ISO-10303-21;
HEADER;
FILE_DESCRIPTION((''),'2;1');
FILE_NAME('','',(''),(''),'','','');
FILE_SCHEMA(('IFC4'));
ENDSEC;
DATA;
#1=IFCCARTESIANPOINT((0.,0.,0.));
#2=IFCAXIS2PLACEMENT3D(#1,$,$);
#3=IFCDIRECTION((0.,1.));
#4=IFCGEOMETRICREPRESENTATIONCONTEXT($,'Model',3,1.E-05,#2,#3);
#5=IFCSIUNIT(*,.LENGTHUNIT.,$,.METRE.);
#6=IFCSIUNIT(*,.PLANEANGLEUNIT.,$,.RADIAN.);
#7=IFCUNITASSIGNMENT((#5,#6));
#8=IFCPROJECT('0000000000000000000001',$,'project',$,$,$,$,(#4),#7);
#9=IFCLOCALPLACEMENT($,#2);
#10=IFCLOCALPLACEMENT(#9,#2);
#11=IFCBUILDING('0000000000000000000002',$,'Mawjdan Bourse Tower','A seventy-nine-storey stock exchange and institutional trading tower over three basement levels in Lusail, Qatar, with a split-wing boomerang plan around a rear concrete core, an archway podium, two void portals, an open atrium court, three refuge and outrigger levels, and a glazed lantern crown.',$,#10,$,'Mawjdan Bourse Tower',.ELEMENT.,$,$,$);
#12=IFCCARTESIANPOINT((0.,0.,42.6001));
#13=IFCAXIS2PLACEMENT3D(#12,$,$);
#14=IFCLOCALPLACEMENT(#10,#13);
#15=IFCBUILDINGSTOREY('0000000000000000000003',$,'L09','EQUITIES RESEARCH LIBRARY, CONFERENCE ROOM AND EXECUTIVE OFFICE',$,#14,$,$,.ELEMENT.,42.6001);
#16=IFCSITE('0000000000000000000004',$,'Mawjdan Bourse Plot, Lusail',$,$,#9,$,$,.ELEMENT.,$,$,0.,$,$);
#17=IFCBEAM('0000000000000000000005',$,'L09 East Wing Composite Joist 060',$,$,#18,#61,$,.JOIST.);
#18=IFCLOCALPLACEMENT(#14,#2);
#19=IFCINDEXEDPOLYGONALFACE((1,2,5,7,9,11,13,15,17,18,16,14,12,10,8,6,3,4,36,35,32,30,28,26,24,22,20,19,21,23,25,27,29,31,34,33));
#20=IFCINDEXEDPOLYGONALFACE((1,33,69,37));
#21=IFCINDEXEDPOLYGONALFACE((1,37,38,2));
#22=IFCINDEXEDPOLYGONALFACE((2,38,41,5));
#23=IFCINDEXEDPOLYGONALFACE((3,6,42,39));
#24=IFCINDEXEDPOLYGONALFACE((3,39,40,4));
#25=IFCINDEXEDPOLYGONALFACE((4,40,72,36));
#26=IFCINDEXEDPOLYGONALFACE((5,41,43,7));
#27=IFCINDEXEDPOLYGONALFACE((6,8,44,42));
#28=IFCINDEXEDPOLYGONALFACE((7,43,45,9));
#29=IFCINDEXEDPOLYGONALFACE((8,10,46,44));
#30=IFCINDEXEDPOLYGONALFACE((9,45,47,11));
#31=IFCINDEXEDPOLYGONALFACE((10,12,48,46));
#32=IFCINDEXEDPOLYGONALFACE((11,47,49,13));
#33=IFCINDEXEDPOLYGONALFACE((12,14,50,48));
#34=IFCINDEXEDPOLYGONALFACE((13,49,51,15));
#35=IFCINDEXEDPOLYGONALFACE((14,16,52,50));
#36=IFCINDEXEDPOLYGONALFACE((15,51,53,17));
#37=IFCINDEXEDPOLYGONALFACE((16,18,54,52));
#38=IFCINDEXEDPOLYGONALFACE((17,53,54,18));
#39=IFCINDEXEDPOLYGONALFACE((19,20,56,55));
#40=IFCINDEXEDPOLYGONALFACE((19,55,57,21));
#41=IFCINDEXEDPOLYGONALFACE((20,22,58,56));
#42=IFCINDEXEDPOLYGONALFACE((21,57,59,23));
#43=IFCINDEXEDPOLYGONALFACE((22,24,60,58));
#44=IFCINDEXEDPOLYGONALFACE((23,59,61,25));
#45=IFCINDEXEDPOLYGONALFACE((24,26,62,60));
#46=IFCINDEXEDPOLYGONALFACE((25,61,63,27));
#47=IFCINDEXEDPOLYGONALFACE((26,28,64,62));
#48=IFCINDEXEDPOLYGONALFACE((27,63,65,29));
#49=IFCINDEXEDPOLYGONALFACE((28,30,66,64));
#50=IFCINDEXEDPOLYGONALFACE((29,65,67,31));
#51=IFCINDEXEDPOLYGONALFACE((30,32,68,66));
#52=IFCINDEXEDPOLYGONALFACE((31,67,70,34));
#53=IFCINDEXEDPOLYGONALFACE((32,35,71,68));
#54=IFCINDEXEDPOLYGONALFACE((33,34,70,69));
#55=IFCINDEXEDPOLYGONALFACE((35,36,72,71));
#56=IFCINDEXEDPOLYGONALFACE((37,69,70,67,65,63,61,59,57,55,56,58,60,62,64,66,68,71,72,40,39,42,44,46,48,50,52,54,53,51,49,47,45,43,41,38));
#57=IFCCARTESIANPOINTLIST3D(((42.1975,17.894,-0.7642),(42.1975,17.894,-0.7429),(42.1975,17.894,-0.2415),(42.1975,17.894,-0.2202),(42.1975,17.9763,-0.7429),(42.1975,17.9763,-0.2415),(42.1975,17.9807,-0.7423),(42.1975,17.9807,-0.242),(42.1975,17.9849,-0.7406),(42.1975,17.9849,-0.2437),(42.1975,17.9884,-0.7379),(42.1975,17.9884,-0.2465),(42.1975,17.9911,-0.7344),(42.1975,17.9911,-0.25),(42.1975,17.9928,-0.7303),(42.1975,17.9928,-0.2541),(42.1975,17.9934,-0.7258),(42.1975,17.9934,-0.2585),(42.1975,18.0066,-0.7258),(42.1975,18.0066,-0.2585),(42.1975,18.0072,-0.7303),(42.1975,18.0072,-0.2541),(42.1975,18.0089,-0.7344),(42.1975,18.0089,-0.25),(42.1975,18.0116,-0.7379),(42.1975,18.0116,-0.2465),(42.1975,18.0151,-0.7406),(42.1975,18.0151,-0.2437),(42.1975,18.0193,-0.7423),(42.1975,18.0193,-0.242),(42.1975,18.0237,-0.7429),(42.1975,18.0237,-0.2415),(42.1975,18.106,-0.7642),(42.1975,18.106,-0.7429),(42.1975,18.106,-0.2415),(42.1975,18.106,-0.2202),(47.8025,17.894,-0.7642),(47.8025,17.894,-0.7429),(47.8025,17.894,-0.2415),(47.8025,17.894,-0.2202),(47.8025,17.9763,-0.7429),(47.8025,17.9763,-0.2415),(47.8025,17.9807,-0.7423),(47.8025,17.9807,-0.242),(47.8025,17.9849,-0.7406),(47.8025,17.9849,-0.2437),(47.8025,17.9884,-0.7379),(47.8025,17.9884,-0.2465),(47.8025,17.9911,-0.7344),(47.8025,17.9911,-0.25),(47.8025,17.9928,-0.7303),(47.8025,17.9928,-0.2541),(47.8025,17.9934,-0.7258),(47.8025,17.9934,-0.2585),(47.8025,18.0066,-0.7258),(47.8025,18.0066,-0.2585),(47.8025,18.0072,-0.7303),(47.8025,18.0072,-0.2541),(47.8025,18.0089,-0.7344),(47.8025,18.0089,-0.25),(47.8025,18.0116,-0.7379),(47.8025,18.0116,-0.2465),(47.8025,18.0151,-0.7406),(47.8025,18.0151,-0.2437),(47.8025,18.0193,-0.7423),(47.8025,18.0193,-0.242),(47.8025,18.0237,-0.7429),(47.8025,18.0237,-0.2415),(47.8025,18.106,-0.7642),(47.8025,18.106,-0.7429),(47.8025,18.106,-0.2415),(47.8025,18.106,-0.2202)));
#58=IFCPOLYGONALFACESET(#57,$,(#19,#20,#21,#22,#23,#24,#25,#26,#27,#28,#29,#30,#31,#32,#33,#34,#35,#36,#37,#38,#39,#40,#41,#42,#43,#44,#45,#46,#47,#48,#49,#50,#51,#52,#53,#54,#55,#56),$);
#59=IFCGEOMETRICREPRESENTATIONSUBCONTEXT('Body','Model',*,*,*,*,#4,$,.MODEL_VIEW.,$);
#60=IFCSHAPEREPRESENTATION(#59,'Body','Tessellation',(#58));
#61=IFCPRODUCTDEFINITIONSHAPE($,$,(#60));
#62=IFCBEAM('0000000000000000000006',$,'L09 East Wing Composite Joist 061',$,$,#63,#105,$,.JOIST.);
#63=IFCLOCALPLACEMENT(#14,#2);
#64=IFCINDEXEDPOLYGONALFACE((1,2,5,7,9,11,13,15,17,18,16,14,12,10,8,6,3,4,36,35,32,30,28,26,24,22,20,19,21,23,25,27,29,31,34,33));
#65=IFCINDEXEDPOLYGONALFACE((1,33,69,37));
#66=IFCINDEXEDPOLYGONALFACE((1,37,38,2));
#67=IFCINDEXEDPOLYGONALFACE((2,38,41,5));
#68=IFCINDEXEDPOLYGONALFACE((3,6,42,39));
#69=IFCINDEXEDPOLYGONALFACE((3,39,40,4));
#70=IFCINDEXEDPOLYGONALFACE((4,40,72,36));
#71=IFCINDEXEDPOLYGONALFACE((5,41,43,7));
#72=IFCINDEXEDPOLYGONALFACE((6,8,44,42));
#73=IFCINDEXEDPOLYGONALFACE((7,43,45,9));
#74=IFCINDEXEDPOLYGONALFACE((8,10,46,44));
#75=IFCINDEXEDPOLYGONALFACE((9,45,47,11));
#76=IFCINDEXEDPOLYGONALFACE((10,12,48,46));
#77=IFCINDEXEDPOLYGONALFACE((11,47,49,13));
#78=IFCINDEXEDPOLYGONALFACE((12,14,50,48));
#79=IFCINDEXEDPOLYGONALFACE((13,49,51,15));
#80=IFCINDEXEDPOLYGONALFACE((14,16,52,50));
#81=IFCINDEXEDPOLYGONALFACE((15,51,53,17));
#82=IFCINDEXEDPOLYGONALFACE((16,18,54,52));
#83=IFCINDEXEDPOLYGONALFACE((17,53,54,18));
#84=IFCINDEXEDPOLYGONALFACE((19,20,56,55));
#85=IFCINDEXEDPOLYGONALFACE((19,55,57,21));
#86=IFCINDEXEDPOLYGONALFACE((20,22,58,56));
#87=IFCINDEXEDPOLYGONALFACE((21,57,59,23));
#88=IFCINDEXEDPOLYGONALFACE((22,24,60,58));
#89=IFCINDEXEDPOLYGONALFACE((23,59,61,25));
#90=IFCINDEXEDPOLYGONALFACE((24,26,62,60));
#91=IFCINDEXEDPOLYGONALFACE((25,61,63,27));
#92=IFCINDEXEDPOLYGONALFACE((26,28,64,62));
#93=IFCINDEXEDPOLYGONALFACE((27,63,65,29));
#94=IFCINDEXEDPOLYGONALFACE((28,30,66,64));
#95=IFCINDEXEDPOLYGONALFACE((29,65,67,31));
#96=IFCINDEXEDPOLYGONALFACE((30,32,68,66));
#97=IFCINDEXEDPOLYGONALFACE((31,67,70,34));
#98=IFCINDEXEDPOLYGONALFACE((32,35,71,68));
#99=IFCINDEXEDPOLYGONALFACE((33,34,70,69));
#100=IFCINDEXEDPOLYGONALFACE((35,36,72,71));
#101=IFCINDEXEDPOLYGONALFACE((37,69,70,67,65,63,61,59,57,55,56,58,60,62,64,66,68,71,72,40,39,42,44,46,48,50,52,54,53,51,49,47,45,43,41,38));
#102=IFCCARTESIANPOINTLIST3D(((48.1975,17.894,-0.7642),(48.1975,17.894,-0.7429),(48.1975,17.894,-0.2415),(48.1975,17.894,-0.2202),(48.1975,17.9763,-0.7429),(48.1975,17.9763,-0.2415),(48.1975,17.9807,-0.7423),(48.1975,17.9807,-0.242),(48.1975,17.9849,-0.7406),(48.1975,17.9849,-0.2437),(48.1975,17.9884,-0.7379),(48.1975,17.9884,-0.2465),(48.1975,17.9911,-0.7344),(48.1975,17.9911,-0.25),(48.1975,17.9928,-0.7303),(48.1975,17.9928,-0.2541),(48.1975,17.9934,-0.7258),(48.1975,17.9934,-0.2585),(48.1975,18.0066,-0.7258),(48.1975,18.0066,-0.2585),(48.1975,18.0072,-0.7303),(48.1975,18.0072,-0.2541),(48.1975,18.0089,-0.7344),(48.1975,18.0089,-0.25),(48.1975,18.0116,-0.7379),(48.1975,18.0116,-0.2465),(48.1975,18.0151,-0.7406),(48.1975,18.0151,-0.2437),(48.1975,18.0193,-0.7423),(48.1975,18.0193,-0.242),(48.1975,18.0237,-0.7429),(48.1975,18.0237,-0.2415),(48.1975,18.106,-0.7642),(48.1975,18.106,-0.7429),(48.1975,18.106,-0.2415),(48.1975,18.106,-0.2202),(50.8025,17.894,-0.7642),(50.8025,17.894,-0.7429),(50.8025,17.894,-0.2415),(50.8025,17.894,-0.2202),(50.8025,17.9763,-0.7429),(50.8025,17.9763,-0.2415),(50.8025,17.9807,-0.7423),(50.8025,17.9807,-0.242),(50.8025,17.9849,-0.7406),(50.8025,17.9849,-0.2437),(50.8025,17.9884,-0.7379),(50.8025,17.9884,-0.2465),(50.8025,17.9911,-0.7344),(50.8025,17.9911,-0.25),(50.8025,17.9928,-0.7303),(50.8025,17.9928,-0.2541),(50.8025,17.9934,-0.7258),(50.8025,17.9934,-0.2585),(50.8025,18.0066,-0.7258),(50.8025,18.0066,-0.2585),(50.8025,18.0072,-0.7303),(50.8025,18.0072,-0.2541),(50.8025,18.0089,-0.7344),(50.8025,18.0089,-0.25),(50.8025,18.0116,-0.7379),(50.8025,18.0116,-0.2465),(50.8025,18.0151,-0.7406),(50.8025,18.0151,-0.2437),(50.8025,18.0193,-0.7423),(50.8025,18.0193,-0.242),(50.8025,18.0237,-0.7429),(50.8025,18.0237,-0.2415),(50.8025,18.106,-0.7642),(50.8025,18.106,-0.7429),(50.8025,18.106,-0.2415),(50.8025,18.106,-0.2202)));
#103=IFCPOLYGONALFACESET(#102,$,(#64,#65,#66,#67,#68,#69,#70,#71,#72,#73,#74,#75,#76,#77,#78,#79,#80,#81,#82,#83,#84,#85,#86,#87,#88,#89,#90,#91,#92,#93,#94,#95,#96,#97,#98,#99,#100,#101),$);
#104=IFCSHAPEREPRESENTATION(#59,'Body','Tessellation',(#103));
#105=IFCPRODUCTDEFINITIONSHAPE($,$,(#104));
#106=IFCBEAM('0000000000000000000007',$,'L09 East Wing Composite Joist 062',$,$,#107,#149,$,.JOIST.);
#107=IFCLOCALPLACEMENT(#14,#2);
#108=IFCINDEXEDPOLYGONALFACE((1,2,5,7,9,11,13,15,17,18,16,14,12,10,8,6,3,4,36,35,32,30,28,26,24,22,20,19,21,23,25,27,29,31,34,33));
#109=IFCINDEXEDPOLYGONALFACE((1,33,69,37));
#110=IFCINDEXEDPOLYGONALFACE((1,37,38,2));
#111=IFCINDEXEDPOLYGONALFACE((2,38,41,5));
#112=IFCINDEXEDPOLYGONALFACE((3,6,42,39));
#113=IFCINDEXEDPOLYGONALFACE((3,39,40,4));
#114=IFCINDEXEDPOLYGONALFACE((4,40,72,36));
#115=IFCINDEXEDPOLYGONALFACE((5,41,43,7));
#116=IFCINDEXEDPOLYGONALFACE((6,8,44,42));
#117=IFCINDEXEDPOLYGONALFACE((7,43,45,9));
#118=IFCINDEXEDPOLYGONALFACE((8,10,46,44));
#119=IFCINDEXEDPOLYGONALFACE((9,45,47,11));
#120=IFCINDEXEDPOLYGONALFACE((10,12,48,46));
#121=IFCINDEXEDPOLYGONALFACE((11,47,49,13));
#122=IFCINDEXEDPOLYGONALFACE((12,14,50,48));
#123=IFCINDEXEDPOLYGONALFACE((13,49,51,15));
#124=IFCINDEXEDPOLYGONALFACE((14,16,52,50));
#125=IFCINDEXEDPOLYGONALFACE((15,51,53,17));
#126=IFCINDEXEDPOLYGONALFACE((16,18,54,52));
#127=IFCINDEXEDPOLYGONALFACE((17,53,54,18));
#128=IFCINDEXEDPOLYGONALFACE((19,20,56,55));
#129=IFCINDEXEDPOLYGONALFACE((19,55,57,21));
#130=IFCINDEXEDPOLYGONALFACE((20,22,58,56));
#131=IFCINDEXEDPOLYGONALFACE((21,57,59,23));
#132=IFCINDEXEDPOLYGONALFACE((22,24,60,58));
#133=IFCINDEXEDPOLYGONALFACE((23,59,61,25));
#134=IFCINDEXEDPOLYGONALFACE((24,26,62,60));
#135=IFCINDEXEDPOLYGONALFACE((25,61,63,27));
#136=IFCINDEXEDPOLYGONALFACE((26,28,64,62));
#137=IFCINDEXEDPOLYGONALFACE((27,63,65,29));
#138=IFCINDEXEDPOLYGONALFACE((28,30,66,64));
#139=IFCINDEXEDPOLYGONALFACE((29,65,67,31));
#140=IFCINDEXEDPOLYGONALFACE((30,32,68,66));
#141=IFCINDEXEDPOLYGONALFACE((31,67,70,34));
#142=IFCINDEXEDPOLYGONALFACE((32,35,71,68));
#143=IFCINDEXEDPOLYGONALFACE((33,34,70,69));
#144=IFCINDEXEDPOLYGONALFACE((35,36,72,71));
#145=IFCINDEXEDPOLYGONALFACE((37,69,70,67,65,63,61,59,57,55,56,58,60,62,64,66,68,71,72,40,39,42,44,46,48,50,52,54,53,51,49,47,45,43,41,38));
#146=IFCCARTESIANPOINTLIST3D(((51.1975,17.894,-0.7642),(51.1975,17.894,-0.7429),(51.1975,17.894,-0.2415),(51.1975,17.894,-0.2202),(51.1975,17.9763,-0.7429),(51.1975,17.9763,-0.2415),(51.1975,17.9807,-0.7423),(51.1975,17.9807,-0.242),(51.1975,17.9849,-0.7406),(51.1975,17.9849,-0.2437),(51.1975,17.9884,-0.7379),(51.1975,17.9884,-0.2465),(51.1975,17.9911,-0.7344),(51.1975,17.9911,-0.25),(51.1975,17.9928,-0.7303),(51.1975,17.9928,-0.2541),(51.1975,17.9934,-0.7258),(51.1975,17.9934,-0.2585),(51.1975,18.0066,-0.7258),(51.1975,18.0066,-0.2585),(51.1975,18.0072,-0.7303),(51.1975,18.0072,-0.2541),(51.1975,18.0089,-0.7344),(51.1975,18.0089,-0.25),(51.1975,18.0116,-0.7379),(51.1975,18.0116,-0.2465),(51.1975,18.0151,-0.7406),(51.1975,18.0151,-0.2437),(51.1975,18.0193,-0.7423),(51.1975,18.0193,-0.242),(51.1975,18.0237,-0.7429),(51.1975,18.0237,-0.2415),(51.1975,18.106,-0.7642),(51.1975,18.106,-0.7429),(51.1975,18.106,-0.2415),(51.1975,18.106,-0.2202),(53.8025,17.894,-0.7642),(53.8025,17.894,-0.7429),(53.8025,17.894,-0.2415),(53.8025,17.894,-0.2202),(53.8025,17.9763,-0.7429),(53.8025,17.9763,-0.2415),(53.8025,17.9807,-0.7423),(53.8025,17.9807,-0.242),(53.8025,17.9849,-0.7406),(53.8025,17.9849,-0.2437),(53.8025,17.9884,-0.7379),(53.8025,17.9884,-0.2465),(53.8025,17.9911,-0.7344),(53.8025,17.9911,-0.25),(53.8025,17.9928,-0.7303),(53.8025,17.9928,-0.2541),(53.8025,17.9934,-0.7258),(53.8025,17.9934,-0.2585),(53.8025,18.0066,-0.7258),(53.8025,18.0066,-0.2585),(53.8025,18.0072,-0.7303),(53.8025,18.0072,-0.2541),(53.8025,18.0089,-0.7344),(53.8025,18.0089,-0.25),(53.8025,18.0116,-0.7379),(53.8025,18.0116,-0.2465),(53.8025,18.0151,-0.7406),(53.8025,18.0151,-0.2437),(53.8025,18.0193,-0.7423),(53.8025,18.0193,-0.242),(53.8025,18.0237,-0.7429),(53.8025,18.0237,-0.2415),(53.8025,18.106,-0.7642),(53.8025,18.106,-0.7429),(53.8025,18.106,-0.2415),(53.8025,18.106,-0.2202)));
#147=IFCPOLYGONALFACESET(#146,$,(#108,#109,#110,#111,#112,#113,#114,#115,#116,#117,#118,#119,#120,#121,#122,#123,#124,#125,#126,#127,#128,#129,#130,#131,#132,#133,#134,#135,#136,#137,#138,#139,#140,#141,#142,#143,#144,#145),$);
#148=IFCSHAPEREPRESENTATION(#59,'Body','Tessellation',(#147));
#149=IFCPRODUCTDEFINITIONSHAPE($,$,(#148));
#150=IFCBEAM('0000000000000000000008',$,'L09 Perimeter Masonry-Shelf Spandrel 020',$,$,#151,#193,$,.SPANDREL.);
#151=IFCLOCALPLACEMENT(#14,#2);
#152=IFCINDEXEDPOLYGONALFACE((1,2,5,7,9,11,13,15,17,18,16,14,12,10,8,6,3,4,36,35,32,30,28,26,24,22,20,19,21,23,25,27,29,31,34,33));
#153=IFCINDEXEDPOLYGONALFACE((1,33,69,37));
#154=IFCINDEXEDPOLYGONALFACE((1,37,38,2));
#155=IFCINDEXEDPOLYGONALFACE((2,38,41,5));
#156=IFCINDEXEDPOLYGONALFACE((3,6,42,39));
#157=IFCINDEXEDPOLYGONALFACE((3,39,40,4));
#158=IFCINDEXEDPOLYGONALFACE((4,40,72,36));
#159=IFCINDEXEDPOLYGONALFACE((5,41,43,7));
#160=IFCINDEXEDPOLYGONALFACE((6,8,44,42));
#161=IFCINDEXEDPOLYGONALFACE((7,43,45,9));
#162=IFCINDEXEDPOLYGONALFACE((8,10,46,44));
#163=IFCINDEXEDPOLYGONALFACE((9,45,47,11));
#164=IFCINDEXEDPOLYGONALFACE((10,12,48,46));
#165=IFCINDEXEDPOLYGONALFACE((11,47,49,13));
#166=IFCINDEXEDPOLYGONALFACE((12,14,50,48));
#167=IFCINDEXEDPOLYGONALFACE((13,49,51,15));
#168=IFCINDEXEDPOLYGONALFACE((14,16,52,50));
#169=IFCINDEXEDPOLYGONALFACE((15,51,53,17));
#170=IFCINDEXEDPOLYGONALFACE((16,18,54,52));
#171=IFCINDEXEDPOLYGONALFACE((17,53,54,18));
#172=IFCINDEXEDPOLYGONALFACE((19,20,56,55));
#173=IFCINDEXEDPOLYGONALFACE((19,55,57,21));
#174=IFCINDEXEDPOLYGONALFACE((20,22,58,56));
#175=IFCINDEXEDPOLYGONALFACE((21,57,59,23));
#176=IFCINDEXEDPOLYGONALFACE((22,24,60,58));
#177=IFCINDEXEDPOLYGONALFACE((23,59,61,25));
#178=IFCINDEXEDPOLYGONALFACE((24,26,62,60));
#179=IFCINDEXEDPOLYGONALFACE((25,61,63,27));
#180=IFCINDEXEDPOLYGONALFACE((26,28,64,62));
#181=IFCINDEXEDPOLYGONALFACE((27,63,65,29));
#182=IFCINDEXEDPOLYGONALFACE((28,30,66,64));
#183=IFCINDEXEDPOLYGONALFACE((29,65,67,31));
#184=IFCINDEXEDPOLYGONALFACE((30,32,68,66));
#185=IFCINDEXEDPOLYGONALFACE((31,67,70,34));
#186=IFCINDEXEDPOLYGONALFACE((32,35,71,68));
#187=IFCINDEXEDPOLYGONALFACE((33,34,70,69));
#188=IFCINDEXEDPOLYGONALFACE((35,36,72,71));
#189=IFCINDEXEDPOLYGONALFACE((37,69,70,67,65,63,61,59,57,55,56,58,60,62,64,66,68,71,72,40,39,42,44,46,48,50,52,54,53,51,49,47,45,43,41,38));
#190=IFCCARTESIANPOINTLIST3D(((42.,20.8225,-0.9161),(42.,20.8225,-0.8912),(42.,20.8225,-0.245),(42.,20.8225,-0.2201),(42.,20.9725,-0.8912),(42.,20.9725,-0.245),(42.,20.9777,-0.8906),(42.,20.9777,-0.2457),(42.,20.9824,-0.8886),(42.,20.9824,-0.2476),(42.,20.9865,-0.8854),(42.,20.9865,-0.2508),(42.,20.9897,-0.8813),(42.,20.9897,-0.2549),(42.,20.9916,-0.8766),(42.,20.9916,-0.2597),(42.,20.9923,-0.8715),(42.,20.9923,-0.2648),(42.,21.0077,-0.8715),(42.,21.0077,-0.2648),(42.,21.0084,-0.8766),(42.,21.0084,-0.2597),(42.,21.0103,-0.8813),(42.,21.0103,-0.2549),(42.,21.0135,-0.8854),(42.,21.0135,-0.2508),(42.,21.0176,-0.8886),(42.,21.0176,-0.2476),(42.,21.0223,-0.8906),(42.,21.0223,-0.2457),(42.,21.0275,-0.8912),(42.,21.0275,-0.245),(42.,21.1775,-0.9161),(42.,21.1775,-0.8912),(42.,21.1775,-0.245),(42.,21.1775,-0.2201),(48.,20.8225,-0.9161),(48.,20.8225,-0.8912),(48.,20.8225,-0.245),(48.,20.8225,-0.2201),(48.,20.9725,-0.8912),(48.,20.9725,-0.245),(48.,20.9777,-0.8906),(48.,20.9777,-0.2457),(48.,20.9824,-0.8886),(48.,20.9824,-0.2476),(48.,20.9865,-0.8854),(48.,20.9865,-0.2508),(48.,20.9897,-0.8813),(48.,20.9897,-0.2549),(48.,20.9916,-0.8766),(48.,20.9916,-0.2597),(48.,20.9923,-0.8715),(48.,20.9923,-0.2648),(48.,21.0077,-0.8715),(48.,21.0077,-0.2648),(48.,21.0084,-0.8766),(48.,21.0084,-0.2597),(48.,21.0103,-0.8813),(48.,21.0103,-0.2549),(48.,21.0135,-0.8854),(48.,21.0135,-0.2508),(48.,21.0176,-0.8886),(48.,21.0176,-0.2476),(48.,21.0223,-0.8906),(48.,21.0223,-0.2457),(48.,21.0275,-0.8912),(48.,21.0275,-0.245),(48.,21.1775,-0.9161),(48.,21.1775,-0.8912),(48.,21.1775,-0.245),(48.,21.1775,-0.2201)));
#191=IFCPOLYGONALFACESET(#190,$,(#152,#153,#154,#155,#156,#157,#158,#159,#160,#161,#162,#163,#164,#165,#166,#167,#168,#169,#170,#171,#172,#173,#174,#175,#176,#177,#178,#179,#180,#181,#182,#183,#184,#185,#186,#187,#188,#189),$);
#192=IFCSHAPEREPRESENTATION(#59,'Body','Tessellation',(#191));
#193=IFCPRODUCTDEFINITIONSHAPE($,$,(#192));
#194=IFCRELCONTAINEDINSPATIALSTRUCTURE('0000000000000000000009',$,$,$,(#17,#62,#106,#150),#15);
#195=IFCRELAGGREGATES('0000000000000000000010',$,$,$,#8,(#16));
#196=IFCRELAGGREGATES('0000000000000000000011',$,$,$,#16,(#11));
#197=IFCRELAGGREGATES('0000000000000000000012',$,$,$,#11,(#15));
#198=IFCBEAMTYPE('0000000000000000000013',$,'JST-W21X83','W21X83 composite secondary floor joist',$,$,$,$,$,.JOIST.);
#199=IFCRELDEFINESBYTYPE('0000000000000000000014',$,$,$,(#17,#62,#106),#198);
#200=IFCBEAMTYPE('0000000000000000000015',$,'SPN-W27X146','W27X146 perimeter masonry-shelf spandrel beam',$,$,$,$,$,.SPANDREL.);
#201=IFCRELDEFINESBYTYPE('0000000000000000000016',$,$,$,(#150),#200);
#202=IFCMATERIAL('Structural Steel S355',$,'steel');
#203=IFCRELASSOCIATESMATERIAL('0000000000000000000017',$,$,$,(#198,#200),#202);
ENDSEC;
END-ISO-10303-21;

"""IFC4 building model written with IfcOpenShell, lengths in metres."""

from ifc_helpers import new_model, si_unit, direction, frame, origin, origin_2d, place, context, subcontext, project, spatial, i_section, extrude, material, material_profile, profile_set, type_object, element, save


model = new_model("IFC4")

# Units and contexts
model_context = context("Model", 3, precision=1e-05, world=origin(), true_north=direction((0.0, 1.0)))
body_context = subcontext(model_context, "Body", "Model", "MODEL_VIEW")
ifc_project = project(units=[si_unit("LENGTHUNIT", "METRE"), si_unit("PLANEANGLEUNIT", "RADIAN")], contexts=[model_context])

# Site, building, storey
site_placement = place(None, origin())
site = spatial("IfcSite", under=ifc_project, at=site_placement, Name="Mawjdan Bourse Plot, Lusail", CompositionType="ELEMENT", RefElevation=0.0)
building_placement = place(site_placement, origin())
building = spatial("IfcBuilding", under=site, at=building_placement, Name="Mawjdan Bourse Tower", Description="A seventy-nine-storey stock exchange and institutional trading tower over three basement levels in Lusail, Qatar, with a split-wing boomerang plan around a rear concrete core, an archway podium, two void portals, an open atrium court, three refuge and outrigger levels, and a glazed lantern crown.", LongName="Mawjdan Bourse Tower", CompositionType="ELEMENT")
storey_placement = place(building_placement, frame((0.0, 0.0, 42.6001)))
storey = spatial("IfcBuildingStorey", under=building, at=storey_placement, Name="L09", Description="EQUITIES RESEARCH LIBRARY, CONFERENCE ROOM AND EXECUTIVE OFFICE", CompositionType="ELEMENT", Elevation=42.6001)

# Beams
ifc_material_1 = material(Name="Structural Steel S355", Category="steel")
ifc_material_profile_1 = material_profile(ifc_material_1, i_section(OverallWidth=0.2119, OverallDepth=0.5439, WebThickness=0.0132, FlangeThickness=0.0212, FilletRadius=0.0171, at=origin_2d()), Name="W21X83")
ifc_profile_set_1 = profile_set([ifc_material_profile_1], Name="Structural Steel S355")
beam_type_1 = type_object("IfcBeamType", Name="JST-W21X83", Description="W21X83 composite secondary floor joist", PredefinedType="JOIST", material=ifc_profile_set_1)
beam_1_placement = place(storey_placement, frame((42.1975, 18.0, -0.4922), z_axis=(1.0, 0.0, 0.0), x_axis=(0.0, 1.0, 0.0)))
element("IfcBeam", 1, at=beam_1_placement, inside=storey, type_object=beam_type_1, Name="L09 East Wing Composite Joist 060", PredefinedType="JOIST", context=body_context, shape_type="SweptSolid", body=[
    extrude(i_section(OverallWidth=0.2119, OverallDepth=0.5439, WebThickness=0.0132, FlangeThickness=0.0212, FilletRadius=0.0171, at=origin_2d()), origin(), (0.0, 0.0, 1.0), 5.605),
])
for number, where, z_axis, x_axis, name in (
    (2, (48.1975, 18.0, -0.4922), (1.0, 0.0, 0.0), (0.0, 1.0, 0.0), "L09 East Wing Composite Joist 061"),
    (3, (51.1975, 18.0, -0.4922), (1.0, 0.0, 0.0), (0.0, 1.0, 0.0), "L09 East Wing Composite Joist 062"),
):
    element("IfcBeam", number, at=place(storey_placement, frame(where, z_axis=z_axis, x_axis=x_axis)), inside=storey, type_object=beam_type_1, Name=name, PredefinedType="JOIST", context=body_context, shape_type="SweptSolid", body=[
        extrude(i_section(OverallWidth=0.2119, OverallDepth=0.5439, WebThickness=0.0132, FlangeThickness=0.0212, FilletRadius=0.0171, at=origin_2d()), origin(), (0.0, 0.0, 1.0), 2.605),
    ])
ifc_material_profile_2 = material_profile(ifc_material_1, i_section(OverallWidth=0.355, OverallDepth=0.696, WebThickness=0.0154, FlangeThickness=0.0249, FilletRadius=0.0198, at=origin_2d()), Name="W27X146")
ifc_profile_set_2 = profile_set([ifc_material_profile_2], Name="Structural Steel S355")
beam_type_2 = type_object("IfcBeamType", Name="SPN-W27X146", Description="W27X146 perimeter masonry-shelf spandrel beam", PredefinedType="SPANDREL", material=ifc_profile_set_2)
beam_2_placement = place(storey_placement, frame((42.0, 21.0, -0.5681), z_axis=(1.0, 0.0, 0.0), x_axis=(0.0, 1.0, 0.0)))
element("IfcBeam", 4, at=beam_2_placement, inside=storey, type_object=beam_type_2, Name="L09 Perimeter Masonry-Shelf Spandrel 020", PredefinedType="SPANDREL", context=body_context, shape_type="SweptSolid", body=[
    extrude(i_section(OverallWidth=0.355, OverallDepth=0.696, WebThickness=0.0154, FlangeThickness=0.0249, FilletRadius=0.0198, at=origin_2d()), origin(), (0.0, 0.0, 1.0), 6.0),
])

save(model, "model.ifc")
